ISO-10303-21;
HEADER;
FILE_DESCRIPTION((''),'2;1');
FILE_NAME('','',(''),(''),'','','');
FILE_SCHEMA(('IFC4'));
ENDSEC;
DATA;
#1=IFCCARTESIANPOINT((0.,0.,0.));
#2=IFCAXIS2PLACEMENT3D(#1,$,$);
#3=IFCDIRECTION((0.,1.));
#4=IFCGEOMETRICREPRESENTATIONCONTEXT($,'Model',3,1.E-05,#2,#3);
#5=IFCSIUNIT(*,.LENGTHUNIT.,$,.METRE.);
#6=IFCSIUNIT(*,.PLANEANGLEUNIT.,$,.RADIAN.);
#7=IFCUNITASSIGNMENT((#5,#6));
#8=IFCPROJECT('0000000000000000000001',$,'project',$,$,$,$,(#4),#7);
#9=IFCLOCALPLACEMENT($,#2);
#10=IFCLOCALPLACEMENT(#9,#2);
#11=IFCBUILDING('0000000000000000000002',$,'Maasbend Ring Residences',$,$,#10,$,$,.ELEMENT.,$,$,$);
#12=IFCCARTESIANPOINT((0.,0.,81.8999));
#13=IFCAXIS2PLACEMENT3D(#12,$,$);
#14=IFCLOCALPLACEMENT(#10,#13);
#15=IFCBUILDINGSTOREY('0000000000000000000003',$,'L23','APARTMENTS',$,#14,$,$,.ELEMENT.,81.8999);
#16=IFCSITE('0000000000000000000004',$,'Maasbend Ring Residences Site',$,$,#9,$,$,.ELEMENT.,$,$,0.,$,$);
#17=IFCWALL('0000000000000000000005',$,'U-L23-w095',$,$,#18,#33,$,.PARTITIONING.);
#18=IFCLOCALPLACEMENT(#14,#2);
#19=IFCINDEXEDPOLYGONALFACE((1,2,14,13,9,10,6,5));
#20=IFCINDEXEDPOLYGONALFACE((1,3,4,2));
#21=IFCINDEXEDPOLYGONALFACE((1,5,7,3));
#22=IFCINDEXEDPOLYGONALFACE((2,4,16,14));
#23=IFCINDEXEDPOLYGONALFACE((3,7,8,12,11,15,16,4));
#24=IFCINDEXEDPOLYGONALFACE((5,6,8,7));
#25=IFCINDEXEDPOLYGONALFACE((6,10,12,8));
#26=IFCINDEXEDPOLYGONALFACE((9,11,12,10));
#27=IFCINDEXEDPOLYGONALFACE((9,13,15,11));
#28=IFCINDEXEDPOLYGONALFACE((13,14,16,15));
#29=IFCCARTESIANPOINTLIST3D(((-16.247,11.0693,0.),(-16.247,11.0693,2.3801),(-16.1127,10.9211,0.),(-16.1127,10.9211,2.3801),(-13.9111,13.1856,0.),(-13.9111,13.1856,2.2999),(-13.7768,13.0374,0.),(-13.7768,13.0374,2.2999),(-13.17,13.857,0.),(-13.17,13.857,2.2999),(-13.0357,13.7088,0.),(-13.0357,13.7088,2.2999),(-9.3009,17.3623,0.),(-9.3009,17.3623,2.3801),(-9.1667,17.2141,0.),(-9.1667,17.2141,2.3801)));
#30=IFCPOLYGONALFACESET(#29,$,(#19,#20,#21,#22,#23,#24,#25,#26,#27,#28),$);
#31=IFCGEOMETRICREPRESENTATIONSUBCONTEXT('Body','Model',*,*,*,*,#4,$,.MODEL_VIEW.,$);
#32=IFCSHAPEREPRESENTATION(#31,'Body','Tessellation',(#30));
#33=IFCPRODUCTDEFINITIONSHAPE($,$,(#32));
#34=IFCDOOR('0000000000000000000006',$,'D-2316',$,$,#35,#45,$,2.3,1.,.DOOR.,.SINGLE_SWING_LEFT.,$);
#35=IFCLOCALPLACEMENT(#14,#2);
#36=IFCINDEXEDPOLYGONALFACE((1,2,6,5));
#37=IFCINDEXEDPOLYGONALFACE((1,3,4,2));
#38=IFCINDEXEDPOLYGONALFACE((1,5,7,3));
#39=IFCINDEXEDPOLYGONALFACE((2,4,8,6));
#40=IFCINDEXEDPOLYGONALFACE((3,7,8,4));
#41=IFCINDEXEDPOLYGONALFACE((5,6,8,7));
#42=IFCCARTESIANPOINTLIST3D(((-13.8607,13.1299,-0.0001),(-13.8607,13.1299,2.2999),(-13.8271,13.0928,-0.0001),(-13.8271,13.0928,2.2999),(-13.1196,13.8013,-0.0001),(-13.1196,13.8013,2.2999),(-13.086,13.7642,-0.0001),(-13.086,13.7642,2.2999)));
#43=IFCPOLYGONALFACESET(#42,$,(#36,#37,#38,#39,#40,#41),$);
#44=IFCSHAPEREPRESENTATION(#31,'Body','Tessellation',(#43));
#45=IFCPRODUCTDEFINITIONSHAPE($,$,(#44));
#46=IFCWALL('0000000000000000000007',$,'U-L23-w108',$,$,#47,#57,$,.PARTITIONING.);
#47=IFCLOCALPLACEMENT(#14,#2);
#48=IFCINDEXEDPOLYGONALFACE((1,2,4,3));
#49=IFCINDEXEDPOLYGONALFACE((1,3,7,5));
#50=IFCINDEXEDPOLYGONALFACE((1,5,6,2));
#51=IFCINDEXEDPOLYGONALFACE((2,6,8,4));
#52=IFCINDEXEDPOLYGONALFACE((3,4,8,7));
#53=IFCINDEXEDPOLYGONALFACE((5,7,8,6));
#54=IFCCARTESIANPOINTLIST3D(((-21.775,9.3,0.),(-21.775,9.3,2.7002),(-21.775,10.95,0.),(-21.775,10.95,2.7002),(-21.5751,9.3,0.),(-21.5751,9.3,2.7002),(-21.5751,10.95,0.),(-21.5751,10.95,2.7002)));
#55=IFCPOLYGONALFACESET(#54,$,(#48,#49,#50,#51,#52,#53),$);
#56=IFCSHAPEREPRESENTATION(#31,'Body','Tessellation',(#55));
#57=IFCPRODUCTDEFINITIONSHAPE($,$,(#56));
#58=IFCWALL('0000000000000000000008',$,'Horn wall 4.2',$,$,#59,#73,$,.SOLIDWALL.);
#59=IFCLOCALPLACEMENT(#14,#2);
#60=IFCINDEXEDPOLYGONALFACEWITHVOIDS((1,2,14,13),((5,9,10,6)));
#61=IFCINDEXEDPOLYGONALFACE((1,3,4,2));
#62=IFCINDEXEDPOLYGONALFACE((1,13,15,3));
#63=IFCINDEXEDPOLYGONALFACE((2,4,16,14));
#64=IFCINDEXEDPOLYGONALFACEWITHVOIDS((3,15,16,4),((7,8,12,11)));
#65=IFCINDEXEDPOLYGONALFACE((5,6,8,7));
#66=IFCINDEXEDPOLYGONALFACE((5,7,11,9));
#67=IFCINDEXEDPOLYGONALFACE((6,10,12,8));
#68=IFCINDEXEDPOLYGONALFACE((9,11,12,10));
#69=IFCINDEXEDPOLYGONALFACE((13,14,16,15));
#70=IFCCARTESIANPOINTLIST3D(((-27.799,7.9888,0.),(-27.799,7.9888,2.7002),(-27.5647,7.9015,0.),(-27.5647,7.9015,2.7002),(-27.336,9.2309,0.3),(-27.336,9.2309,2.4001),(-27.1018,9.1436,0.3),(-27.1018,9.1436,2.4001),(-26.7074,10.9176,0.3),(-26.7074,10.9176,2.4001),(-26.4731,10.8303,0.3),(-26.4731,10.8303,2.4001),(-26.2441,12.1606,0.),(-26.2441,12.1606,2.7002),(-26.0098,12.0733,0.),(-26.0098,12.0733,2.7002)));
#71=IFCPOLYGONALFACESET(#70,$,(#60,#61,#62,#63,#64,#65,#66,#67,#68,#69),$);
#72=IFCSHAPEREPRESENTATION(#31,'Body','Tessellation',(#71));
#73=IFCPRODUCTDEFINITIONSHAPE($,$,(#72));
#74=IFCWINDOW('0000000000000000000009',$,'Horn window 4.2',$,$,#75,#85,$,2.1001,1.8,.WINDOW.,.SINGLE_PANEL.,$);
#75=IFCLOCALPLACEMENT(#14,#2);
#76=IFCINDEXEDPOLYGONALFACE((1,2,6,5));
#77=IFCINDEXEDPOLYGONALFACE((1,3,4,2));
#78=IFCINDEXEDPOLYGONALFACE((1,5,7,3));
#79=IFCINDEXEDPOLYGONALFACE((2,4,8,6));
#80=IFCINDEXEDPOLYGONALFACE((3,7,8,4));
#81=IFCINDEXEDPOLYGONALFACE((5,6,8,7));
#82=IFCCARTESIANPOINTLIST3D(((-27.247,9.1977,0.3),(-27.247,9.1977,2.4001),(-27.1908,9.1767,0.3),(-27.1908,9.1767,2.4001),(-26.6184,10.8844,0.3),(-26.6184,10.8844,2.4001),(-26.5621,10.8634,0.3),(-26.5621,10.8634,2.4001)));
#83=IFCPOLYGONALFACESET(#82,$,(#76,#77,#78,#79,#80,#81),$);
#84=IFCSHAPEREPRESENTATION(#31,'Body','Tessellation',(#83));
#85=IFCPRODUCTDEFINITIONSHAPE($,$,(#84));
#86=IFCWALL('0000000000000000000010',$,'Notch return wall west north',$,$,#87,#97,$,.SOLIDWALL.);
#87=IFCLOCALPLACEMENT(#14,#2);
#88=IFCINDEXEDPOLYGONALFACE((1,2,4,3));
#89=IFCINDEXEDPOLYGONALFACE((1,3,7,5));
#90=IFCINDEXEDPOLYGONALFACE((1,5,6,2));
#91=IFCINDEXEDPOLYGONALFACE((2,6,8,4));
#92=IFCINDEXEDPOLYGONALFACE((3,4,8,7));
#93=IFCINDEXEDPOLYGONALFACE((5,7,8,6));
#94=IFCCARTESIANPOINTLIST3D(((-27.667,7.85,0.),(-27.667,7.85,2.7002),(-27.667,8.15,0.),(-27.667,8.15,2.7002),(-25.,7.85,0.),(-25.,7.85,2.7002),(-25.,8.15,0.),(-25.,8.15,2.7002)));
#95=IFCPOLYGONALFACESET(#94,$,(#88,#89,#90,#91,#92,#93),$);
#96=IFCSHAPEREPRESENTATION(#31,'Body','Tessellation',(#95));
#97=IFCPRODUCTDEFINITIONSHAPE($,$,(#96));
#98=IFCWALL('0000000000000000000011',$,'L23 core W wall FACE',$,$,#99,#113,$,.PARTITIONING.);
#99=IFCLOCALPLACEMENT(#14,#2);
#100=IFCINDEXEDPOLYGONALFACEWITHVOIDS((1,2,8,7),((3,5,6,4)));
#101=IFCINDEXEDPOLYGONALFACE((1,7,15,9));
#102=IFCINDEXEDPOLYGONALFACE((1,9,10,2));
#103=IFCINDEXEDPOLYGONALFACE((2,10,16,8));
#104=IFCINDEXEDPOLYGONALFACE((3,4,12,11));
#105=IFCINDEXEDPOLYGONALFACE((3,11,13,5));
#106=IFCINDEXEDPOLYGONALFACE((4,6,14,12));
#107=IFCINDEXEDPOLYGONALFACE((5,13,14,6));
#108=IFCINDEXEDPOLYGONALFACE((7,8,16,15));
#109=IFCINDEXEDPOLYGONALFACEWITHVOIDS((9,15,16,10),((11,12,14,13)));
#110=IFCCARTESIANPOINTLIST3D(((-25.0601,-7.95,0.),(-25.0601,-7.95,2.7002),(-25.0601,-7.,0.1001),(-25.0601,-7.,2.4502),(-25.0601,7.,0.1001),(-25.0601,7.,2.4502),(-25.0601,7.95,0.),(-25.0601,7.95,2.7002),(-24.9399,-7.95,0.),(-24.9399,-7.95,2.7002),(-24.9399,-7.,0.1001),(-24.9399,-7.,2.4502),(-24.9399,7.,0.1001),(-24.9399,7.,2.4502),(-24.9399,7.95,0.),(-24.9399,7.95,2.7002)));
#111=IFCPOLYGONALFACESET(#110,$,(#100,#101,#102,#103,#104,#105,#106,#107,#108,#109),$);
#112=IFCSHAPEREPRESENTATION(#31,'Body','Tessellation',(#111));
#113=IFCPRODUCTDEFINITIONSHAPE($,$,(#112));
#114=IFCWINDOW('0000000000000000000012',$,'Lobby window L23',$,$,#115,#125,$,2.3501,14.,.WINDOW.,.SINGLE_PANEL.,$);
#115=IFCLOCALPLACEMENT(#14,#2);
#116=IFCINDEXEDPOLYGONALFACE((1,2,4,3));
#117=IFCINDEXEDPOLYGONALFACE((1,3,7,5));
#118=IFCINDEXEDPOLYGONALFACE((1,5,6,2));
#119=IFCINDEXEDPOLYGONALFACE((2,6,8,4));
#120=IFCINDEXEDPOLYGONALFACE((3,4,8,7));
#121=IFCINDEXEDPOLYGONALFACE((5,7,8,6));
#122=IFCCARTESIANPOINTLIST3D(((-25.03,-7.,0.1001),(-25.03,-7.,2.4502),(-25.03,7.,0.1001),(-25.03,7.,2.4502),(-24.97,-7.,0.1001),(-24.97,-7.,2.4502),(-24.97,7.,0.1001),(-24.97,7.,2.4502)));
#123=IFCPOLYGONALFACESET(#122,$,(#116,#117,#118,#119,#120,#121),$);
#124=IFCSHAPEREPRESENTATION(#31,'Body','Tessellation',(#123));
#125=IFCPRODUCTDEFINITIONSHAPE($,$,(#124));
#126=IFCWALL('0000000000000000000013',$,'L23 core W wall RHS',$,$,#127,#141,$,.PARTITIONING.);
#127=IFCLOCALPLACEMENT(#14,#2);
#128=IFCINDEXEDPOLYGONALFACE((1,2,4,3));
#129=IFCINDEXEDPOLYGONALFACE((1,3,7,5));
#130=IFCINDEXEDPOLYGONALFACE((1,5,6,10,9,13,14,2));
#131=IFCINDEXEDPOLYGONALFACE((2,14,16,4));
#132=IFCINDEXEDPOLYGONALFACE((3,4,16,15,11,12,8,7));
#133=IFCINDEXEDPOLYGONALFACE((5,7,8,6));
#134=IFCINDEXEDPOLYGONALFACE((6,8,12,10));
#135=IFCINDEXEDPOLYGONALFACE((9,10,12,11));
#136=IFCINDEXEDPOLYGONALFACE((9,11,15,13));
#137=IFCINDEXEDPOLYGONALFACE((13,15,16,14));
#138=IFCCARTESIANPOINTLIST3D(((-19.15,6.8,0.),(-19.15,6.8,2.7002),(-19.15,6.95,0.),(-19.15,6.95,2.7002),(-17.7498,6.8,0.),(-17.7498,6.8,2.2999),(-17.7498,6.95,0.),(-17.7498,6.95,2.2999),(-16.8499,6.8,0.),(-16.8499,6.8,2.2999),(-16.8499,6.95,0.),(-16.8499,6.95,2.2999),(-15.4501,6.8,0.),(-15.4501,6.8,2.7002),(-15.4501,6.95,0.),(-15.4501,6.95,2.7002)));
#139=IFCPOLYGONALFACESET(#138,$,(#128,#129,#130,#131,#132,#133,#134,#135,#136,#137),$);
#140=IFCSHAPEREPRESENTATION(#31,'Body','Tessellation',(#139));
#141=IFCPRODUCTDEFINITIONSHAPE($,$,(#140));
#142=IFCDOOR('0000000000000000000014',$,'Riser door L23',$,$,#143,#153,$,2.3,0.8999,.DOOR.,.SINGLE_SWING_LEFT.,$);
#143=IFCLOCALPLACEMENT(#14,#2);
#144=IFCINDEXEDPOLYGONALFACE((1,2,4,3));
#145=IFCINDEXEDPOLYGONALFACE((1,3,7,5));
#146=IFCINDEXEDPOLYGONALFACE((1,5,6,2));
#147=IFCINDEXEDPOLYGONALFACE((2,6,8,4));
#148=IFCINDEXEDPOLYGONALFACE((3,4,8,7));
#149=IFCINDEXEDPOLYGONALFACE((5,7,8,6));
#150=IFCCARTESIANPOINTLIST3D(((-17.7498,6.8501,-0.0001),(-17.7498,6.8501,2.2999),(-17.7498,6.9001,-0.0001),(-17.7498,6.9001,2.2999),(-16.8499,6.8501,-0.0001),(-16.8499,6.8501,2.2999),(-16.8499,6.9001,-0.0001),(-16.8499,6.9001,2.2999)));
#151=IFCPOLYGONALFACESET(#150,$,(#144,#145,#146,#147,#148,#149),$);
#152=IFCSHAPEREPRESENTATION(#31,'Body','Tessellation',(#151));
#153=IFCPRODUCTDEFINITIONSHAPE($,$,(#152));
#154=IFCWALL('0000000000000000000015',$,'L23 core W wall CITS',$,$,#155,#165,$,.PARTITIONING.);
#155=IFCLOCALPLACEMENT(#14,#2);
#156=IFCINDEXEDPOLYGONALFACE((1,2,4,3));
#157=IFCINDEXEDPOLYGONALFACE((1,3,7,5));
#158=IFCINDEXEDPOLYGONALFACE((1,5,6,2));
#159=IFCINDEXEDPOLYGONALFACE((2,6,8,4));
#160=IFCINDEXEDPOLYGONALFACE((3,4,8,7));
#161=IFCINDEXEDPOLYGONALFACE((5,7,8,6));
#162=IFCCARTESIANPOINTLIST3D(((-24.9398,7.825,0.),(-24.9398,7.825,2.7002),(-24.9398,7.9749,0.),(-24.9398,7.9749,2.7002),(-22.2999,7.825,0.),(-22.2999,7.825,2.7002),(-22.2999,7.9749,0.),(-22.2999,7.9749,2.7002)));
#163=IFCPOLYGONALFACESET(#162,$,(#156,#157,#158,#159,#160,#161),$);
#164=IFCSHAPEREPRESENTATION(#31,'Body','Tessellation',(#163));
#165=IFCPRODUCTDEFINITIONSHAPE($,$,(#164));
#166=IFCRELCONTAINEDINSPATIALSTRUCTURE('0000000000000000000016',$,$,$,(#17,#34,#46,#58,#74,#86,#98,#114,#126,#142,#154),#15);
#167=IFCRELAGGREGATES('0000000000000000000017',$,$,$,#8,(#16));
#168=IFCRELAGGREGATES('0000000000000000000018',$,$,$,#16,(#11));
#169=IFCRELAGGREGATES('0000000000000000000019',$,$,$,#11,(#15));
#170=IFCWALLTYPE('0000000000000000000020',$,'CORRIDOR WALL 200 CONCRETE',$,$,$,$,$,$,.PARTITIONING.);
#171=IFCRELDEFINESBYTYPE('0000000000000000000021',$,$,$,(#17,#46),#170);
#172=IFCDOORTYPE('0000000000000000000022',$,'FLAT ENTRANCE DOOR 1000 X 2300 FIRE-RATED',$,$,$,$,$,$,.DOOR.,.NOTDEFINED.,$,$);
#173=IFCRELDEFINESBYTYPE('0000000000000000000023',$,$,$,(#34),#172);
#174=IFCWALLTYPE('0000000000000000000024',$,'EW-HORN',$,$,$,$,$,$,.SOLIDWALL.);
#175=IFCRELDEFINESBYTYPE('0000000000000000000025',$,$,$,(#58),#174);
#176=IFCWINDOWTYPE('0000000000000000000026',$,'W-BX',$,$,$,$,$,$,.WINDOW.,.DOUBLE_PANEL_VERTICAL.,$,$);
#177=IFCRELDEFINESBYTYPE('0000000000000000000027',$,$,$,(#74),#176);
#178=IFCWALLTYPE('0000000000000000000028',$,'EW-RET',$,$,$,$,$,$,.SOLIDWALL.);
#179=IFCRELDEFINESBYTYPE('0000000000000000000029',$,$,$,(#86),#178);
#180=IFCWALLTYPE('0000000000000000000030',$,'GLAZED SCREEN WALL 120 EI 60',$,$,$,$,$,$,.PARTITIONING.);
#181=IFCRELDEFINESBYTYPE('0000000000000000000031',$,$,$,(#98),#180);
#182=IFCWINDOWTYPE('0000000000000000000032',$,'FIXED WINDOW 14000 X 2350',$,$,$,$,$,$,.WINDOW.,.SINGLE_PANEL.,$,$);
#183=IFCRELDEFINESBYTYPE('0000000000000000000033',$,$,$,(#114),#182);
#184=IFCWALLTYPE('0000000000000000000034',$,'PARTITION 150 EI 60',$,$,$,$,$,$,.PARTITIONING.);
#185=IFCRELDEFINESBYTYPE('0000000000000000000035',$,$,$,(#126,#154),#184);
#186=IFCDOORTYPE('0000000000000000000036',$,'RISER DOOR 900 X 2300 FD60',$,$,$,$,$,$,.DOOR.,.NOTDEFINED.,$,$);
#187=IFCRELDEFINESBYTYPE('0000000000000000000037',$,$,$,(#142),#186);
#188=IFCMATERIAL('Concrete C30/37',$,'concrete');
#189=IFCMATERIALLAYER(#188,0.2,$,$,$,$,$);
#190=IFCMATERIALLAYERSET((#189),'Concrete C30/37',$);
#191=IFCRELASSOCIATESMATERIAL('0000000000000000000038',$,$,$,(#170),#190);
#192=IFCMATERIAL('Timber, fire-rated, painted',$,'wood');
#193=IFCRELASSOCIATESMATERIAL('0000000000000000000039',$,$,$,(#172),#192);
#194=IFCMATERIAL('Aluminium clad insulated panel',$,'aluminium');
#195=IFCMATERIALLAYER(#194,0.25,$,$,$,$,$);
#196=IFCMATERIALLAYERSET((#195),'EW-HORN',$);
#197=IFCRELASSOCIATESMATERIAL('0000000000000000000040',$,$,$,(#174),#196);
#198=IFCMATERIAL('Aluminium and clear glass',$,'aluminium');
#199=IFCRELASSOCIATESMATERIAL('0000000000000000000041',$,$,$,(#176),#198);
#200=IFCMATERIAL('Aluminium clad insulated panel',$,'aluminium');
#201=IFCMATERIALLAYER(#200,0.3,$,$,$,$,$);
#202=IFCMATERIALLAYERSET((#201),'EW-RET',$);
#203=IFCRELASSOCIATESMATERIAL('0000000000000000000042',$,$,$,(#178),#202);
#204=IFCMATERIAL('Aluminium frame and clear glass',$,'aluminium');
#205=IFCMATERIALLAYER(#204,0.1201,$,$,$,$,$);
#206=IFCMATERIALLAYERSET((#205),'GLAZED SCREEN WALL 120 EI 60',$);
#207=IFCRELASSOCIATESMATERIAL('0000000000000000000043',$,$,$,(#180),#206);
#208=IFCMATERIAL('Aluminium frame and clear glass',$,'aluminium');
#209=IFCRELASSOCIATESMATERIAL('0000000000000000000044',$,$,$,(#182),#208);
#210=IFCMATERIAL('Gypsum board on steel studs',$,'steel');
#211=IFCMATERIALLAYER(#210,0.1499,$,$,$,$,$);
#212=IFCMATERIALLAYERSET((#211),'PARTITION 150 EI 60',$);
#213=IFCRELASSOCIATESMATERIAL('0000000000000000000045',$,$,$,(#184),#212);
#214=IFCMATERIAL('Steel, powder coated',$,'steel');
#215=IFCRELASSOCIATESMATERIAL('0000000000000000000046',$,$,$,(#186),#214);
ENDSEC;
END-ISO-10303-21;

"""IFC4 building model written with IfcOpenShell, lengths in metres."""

from ifc_helpers import new_model, si_unit, direction, frame, frame_2d, origin, place, context, subcontext, project, spatial, rectangle, extrude, material, layer, layer_set, type_object, element, fill, save


model = new_model("IFC4")

# Units and contexts
model_context = context("Model", 3, precision=1e-05, world=origin(), true_north=direction((0.0, 1.0)))
body_context = subcontext(model_context, "Body", "Model", "MODEL_VIEW")
ifc_project = project(units=[si_unit("LENGTHUNIT", "METRE"), si_unit("PLANEANGLEUNIT", "RADIAN")], contexts=[model_context])

# Site, building, storey
site_placement = place(None, origin())
site = spatial("IfcSite", under=ifc_project, at=site_placement, Name="Maasbend Ring Residences Site", CompositionType="ELEMENT", RefElevation=0.0)
building_placement = place(site_placement, origin())
building = spatial("IfcBuilding", under=site, at=building_placement, Name="Maasbend Ring Residences", CompositionType="ELEMENT")
storey_placement = place(building_placement, frame((0.0, 0.0, 81.8999)))
storey = spatial("IfcBuildingStorey", under=building, at=storey_placement, Name="L23", Description="APARTMENTS", CompositionType="ELEMENT", Elevation=81.8999)

# Wall, opening, door
ifc_material_1 = material(Name="Concrete C30/37", Category="concrete")
ifc_layer_1 = layer(ifc_material_1, 0.2)
ifc_layer_set_1 = layer_set([ifc_layer_1], Name="Concrete C30/37")
wall_type_1 = type_object("IfcWallType", Name="CORRIDOR WALL 200 CONCRETE", PredefinedType="PARTITIONING", material=ifc_layer_set_1)
wall_1_placement = place(storey_placement, frame((-16.1799, 10.9951, 0.0), z_axis=(0.0, 0.0, 1.0), x_axis=(0.741087, 0.671409, 0.0)))
wall_1 = element("IfcWall", 1, at=wall_1_placement, inside=storey, type_object=wall_type_1, Name="U-L23-w095", PredefinedType="PARTITIONING", context=body_context, shape_type="SweptSolid", body=[
    extrude(rectangle(XDim=9.3728, YDim=0.2, at=frame_2d((4.6865, 0.0))), origin(), (0.0, 0.0, 1.0), 2.3801),
])
opening_1_placement = place(wall_1_placement, frame((3.1521, 0.0, 0.0)))
opening_1 = element("IfcOpeningElement", 2, at=opening_1_placement, cuts=wall_1, PredefinedType="OPENING", context=body_context, shape_type="SweptSolid", body=[
    extrude(rectangle(XDim=1.0, YDim=2.3, at=frame_2d((0.5, 1.1499))), frame((0.0, 0.1099, 0.0), z_axis=(0.0, -1.0, 0.0), x_axis=(1.0, 0.0, 0.0)), (0.0, 0.0, 1.0), 0.22),
])
ifc_material_2 = material(Name="Timber, fire-rated, painted", Category="wood")
door_type_1 = type_object("IfcDoorType", Name="FLAT ENTRANCE DOOR 1000 X 2300 FIRE-RATED", OperationType="NOTDEFINED", PredefinedType="DOOR", material=ifc_material_2)
door_1_placement = place(opening_1_placement, origin())
door_1 = element("IfcDoor", 3, at=door_1_placement, inside=storey, type_object=door_type_1, Name="D-2316", OperationType="SINGLE_SWING_LEFT", OverallHeight=2.3, OverallWidth=1.0, PredefinedType="DOOR", context=body_context, shape_type="SweptSolid", body=[
    extrude(rectangle(XDim=1.0, YDim=2.3, at=frame_2d((0.5, 1.1499))), frame((0.0, 0.0249, 0.0), z_axis=(0.0, -1.0, 0.0), x_axis=(1.0, 0.0, 0.0)), (0.0, 0.0, 1.0), 0.05),
])
fill(opening_1, door_1)

# Wall
wall_2_placement = place(storey_placement, frame((-21.675, 9.3, 0.0), z_axis=(0.0, 0.0, 1.0), x_axis=(0.0, 1.0, 0.0)))
element("IfcWall", 4, at=wall_2_placement, inside=storey, type_object=wall_type_1, Name="U-L23-w108", PredefinedType="PARTITIONING", context=body_context, shape_type="SweptSolid", body=[
    extrude(rectangle(XDim=1.6499, YDim=0.2, at=frame_2d((0.825, 0.0))), origin(), (0.0, 0.0, 1.0), 2.7002),
])

# Wall, opening, window
ifc_material_3 = material(Name="Aluminium clad insulated panel", Category="aluminium")
ifc_layer_2 = layer(ifc_material_3, 0.25)
ifc_layer_set_2 = layer_set([ifc_layer_2], Name="EW-HORN")
wall_type_2 = type_object("IfcWallType", Name="EW-HORN", PredefinedType="SOLIDWALL", material=ifc_layer_set_2)
wall_3_placement = place(storey_placement, frame((-26.127, 12.1169, 0.0), z_axis=(0.0, 0.0, 1.0), x_axis=(-0.349248, -0.93703, 0.0)))
wall_3 = element("IfcWall", 5, at=wall_3_placement, inside=storey, type_object=wall_type_2, Name="Horn wall 4.2", PredefinedType="SOLIDWALL", context=body_context, shape_type="SweptSolid", body=[
    extrude(rectangle(XDim=4.4521, YDim=0.25, at=frame_2d((2.2261, 0.0))), origin(), (0.0, 0.0, 1.0), 2.7002),
])
opening_2_placement = place(wall_3_placement, frame((1.3267, 0.0, 0.3)))
opening_2 = element("IfcOpeningElement", 6, at=opening_2_placement, cuts=wall_3, PredefinedType="OPENING", context=body_context, shape_type="SweptSolid", body=[
    extrude(rectangle(XDim=1.8, YDim=2.1001, at=frame_2d((0.8999, 1.05))), frame((0.0, 0.135, 0.0), z_axis=(0.0, -1.0, 0.0), x_axis=(1.0, 0.0, 0.0)), (0.0, 0.0, 1.0), 0.27),
])
ifc_material_4 = material(Name="Aluminium and clear glass", Category="aluminium")
window_type_1 = type_object("IfcWindowType", Name="W-BX", PartitioningType="DOUBLE_PANEL_VERTICAL", PredefinedType="WINDOW", material=ifc_material_4)
window_1_placement = place(opening_2_placement, origin())
window_1 = element("IfcWindow", 7, at=window_1_placement, inside=storey, type_object=window_type_1, Name="Horn window 4.2", OverallHeight=2.1001, OverallWidth=1.8, PartitioningType="SINGLE_PANEL", PredefinedType="WINDOW", context=body_context, shape_type="SweptSolid", body=[
    extrude(rectangle(XDim=1.8, YDim=2.1001, at=frame_2d((0.8999, 1.05))), frame((0.0, 0.03, 0.0), z_axis=(0.0, -1.0, 0.0), x_axis=(1.0, 0.0, 0.0)), (0.0, 0.0, 1.0), 0.0601),
])
fill(opening_2, window_1)

# Wall
ifc_material_5 = material(Name="Aluminium clad insulated panel", Category="aluminium")
ifc_layer_3 = layer(ifc_material_5, 0.3)
ifc_layer_set_3 = layer_set([ifc_layer_3], Name="EW-RET")
wall_type_3 = type_object("IfcWallType", Name="EW-RET", PredefinedType="SOLIDWALL", material=ifc_layer_set_3)
wall_4_placement = place(storey_placement, frame((-25.0, 8.0, 0.0), z_axis=(0.0, 0.0, 1.0), x_axis=(-1.0, 0.0, 0.0)))
element("IfcWall", 8, at=wall_4_placement, inside=storey, type_object=wall_type_3, Name="Notch return wall west north", PredefinedType="SOLIDWALL", context=body_context, shape_type="SweptSolid", body=[
    extrude(rectangle(XDim=2.667, YDim=0.3, at=frame_2d((1.3335, 0.0))), origin(), (0.0, 0.0, 1.0), 2.7002),
])

# Wall, opening, window
ifc_material_6 = material(Name="Aluminium frame and clear glass", Category="aluminium")
ifc_layer_4 = layer(ifc_material_6, 0.1201)
ifc_layer_set_4 = layer_set([ifc_layer_4], Name="GLAZED SCREEN WALL 120 EI 60")
wall_type_4 = type_object("IfcWallType", Name="GLAZED SCREEN WALL 120 EI 60", PredefinedType="PARTITIONING", material=ifc_layer_set_4)
wall_5_placement = place(storey_placement, frame((-25.0, 7.95, 0.0), z_axis=(0.0, 0.0, 1.0), x_axis=(0.0, -1.0, 0.0)))
wall_5 = element("IfcWall", 9, at=wall_5_placement, inside=storey, type_object=wall_type_4, Name="L23 core W wall FACE", PredefinedType="PARTITIONING", context=body_context, shape_type="SweptSolid", body=[
    extrude(rectangle(XDim=15.8999, YDim=0.1201, at=frame_2d((7.95, 0.0))), origin(), (0.0, 0.0, 1.0), 2.7002),
])
opening_3_placement = place(wall_5_placement, frame((0.95, 0.0, 0.1001)))
opening_3 = element("IfcOpeningElement", 10, at=opening_3_placement, cuts=wall_5, PredefinedType="OPENING", context=body_context, shape_type="SweptSolid", body=[
    extrude(rectangle(XDim=14.0, YDim=2.3501, at=frame_2d((7.0, 1.175))), frame((0.0, 0.0701, 0.0), z_axis=(0.0, -1.0, 0.0), x_axis=(1.0, 0.0, 0.0)), (0.0, 0.0, 1.0), 0.1401),
])
ifc_material_7 = material(Name="Aluminium frame and clear glass", Category="aluminium")
window_type_2 = type_object("IfcWindowType", Name="FIXED WINDOW 14000 X 2350", PartitioningType="SINGLE_PANEL", PredefinedType="WINDOW", material=ifc_material_7)
window_2_placement = place(opening_3_placement, origin())
window_2 = element("IfcWindow", 11, at=window_2_placement, inside=storey, type_object=window_type_2, Name="Lobby window L23", OverallHeight=2.3501, OverallWidth=14.0, PartitioningType="SINGLE_PANEL", PredefinedType="WINDOW", context=body_context, shape_type="SweptSolid", body=[
    extrude(rectangle(XDim=14.0, YDim=2.3501, at=frame_2d((7.0, 1.175))), frame((0.0, 0.03, 0.0), z_axis=(0.0, -1.0, 0.0), x_axis=(1.0, 0.0, 0.0)), (0.0, 0.0, 1.0), 0.0601),
])
fill(opening_3, window_2)

# Wall, opening, door
ifc_material_8 = material(Name="Gypsum board on steel studs", Category="steel")
ifc_layer_5 = layer(ifc_material_8, 0.1499)
ifc_layer_set_5 = layer_set([ifc_layer_5], Name="PARTITION 150 EI 60")
wall_type_5 = type_object("IfcWallType", Name="PARTITION 150 EI 60", PredefinedType="PARTITIONING", material=ifc_layer_set_5)
wall_6_placement = place(storey_placement, frame((-15.45, 6.875, 0.0), z_axis=(0.0, 0.0, 1.0), x_axis=(-1.0, 0.0, 0.0)))
wall_6 = element("IfcWall", 12, at=wall_6_placement, inside=storey, type_object=wall_type_5, Name="L23 core W wall RHS", PredefinedType="PARTITIONING", context=body_context, shape_type="SweptSolid", body=[
    extrude(rectangle(XDim=3.7, YDim=0.1499, at=frame_2d((1.8501, 0.0))), origin(), (0.0, 0.0, 1.0), 2.7002),
])
opening_4_placement = place(wall_6_placement, frame((1.3999, 0.0, 0.0)))
opening_4 = element("IfcOpeningElement", 13, at=opening_4_placement, cuts=wall_6, PredefinedType="OPENING", context=body_context, shape_type="SweptSolid", body=[
    extrude(rectangle(XDim=0.8999, YDim=2.3, at=frame_2d((0.45, 1.1499))), frame((0.0, 0.085, 0.0), z_axis=(0.0, -1.0, 0.0), x_axis=(1.0, 0.0, 0.0)), (0.0, 0.0, 1.0), 0.1699),
])
ifc_material_9 = material(Name="Steel, powder coated", Category="steel")
door_type_2 = type_object("IfcDoorType", Name="RISER DOOR 900 X 2300 FD60", OperationType="NOTDEFINED", PredefinedType="DOOR", material=ifc_material_9)
door_2_placement = place(opening_4_placement, origin())
door_2 = element("IfcDoor", 14, at=door_2_placement, inside=storey, type_object=door_type_2, Name="Riser door L23", OperationType="SINGLE_SWING_LEFT", OverallHeight=2.3, OverallWidth=0.8999, PredefinedType="DOOR", context=body_context, shape_type="SweptSolid", body=[
    extrude(rectangle(XDim=0.8999, YDim=2.3, at=frame_2d((0.45, 1.1499))), frame((0.0, 0.0249, 0.0), z_axis=(0.0, -1.0, 0.0), x_axis=(1.0, 0.0, 0.0)), (0.0, 0.0, 1.0), 0.05),
])
fill(opening_4, door_2)

# Wall
wall_7_placement = place(storey_placement, frame((-22.3, 7.8999, 0.0), z_axis=(0.0, 0.0, 1.0), x_axis=(-1.0, 0.0, 0.0)))
element("IfcWall", 15, at=wall_7_placement, inside=storey, type_object=wall_type_5, Name="L23 core W wall CITS", PredefinedType="PARTITIONING", context=body_context, shape_type="SweptSolid", body=[
    extrude(rectangle(XDim=2.6399, YDim=0.1499, at=frame_2d((1.3198, 0.0))), origin(), (0.0, 0.0, 1.0), 2.7002),
])

save(model, "model.ifc")
